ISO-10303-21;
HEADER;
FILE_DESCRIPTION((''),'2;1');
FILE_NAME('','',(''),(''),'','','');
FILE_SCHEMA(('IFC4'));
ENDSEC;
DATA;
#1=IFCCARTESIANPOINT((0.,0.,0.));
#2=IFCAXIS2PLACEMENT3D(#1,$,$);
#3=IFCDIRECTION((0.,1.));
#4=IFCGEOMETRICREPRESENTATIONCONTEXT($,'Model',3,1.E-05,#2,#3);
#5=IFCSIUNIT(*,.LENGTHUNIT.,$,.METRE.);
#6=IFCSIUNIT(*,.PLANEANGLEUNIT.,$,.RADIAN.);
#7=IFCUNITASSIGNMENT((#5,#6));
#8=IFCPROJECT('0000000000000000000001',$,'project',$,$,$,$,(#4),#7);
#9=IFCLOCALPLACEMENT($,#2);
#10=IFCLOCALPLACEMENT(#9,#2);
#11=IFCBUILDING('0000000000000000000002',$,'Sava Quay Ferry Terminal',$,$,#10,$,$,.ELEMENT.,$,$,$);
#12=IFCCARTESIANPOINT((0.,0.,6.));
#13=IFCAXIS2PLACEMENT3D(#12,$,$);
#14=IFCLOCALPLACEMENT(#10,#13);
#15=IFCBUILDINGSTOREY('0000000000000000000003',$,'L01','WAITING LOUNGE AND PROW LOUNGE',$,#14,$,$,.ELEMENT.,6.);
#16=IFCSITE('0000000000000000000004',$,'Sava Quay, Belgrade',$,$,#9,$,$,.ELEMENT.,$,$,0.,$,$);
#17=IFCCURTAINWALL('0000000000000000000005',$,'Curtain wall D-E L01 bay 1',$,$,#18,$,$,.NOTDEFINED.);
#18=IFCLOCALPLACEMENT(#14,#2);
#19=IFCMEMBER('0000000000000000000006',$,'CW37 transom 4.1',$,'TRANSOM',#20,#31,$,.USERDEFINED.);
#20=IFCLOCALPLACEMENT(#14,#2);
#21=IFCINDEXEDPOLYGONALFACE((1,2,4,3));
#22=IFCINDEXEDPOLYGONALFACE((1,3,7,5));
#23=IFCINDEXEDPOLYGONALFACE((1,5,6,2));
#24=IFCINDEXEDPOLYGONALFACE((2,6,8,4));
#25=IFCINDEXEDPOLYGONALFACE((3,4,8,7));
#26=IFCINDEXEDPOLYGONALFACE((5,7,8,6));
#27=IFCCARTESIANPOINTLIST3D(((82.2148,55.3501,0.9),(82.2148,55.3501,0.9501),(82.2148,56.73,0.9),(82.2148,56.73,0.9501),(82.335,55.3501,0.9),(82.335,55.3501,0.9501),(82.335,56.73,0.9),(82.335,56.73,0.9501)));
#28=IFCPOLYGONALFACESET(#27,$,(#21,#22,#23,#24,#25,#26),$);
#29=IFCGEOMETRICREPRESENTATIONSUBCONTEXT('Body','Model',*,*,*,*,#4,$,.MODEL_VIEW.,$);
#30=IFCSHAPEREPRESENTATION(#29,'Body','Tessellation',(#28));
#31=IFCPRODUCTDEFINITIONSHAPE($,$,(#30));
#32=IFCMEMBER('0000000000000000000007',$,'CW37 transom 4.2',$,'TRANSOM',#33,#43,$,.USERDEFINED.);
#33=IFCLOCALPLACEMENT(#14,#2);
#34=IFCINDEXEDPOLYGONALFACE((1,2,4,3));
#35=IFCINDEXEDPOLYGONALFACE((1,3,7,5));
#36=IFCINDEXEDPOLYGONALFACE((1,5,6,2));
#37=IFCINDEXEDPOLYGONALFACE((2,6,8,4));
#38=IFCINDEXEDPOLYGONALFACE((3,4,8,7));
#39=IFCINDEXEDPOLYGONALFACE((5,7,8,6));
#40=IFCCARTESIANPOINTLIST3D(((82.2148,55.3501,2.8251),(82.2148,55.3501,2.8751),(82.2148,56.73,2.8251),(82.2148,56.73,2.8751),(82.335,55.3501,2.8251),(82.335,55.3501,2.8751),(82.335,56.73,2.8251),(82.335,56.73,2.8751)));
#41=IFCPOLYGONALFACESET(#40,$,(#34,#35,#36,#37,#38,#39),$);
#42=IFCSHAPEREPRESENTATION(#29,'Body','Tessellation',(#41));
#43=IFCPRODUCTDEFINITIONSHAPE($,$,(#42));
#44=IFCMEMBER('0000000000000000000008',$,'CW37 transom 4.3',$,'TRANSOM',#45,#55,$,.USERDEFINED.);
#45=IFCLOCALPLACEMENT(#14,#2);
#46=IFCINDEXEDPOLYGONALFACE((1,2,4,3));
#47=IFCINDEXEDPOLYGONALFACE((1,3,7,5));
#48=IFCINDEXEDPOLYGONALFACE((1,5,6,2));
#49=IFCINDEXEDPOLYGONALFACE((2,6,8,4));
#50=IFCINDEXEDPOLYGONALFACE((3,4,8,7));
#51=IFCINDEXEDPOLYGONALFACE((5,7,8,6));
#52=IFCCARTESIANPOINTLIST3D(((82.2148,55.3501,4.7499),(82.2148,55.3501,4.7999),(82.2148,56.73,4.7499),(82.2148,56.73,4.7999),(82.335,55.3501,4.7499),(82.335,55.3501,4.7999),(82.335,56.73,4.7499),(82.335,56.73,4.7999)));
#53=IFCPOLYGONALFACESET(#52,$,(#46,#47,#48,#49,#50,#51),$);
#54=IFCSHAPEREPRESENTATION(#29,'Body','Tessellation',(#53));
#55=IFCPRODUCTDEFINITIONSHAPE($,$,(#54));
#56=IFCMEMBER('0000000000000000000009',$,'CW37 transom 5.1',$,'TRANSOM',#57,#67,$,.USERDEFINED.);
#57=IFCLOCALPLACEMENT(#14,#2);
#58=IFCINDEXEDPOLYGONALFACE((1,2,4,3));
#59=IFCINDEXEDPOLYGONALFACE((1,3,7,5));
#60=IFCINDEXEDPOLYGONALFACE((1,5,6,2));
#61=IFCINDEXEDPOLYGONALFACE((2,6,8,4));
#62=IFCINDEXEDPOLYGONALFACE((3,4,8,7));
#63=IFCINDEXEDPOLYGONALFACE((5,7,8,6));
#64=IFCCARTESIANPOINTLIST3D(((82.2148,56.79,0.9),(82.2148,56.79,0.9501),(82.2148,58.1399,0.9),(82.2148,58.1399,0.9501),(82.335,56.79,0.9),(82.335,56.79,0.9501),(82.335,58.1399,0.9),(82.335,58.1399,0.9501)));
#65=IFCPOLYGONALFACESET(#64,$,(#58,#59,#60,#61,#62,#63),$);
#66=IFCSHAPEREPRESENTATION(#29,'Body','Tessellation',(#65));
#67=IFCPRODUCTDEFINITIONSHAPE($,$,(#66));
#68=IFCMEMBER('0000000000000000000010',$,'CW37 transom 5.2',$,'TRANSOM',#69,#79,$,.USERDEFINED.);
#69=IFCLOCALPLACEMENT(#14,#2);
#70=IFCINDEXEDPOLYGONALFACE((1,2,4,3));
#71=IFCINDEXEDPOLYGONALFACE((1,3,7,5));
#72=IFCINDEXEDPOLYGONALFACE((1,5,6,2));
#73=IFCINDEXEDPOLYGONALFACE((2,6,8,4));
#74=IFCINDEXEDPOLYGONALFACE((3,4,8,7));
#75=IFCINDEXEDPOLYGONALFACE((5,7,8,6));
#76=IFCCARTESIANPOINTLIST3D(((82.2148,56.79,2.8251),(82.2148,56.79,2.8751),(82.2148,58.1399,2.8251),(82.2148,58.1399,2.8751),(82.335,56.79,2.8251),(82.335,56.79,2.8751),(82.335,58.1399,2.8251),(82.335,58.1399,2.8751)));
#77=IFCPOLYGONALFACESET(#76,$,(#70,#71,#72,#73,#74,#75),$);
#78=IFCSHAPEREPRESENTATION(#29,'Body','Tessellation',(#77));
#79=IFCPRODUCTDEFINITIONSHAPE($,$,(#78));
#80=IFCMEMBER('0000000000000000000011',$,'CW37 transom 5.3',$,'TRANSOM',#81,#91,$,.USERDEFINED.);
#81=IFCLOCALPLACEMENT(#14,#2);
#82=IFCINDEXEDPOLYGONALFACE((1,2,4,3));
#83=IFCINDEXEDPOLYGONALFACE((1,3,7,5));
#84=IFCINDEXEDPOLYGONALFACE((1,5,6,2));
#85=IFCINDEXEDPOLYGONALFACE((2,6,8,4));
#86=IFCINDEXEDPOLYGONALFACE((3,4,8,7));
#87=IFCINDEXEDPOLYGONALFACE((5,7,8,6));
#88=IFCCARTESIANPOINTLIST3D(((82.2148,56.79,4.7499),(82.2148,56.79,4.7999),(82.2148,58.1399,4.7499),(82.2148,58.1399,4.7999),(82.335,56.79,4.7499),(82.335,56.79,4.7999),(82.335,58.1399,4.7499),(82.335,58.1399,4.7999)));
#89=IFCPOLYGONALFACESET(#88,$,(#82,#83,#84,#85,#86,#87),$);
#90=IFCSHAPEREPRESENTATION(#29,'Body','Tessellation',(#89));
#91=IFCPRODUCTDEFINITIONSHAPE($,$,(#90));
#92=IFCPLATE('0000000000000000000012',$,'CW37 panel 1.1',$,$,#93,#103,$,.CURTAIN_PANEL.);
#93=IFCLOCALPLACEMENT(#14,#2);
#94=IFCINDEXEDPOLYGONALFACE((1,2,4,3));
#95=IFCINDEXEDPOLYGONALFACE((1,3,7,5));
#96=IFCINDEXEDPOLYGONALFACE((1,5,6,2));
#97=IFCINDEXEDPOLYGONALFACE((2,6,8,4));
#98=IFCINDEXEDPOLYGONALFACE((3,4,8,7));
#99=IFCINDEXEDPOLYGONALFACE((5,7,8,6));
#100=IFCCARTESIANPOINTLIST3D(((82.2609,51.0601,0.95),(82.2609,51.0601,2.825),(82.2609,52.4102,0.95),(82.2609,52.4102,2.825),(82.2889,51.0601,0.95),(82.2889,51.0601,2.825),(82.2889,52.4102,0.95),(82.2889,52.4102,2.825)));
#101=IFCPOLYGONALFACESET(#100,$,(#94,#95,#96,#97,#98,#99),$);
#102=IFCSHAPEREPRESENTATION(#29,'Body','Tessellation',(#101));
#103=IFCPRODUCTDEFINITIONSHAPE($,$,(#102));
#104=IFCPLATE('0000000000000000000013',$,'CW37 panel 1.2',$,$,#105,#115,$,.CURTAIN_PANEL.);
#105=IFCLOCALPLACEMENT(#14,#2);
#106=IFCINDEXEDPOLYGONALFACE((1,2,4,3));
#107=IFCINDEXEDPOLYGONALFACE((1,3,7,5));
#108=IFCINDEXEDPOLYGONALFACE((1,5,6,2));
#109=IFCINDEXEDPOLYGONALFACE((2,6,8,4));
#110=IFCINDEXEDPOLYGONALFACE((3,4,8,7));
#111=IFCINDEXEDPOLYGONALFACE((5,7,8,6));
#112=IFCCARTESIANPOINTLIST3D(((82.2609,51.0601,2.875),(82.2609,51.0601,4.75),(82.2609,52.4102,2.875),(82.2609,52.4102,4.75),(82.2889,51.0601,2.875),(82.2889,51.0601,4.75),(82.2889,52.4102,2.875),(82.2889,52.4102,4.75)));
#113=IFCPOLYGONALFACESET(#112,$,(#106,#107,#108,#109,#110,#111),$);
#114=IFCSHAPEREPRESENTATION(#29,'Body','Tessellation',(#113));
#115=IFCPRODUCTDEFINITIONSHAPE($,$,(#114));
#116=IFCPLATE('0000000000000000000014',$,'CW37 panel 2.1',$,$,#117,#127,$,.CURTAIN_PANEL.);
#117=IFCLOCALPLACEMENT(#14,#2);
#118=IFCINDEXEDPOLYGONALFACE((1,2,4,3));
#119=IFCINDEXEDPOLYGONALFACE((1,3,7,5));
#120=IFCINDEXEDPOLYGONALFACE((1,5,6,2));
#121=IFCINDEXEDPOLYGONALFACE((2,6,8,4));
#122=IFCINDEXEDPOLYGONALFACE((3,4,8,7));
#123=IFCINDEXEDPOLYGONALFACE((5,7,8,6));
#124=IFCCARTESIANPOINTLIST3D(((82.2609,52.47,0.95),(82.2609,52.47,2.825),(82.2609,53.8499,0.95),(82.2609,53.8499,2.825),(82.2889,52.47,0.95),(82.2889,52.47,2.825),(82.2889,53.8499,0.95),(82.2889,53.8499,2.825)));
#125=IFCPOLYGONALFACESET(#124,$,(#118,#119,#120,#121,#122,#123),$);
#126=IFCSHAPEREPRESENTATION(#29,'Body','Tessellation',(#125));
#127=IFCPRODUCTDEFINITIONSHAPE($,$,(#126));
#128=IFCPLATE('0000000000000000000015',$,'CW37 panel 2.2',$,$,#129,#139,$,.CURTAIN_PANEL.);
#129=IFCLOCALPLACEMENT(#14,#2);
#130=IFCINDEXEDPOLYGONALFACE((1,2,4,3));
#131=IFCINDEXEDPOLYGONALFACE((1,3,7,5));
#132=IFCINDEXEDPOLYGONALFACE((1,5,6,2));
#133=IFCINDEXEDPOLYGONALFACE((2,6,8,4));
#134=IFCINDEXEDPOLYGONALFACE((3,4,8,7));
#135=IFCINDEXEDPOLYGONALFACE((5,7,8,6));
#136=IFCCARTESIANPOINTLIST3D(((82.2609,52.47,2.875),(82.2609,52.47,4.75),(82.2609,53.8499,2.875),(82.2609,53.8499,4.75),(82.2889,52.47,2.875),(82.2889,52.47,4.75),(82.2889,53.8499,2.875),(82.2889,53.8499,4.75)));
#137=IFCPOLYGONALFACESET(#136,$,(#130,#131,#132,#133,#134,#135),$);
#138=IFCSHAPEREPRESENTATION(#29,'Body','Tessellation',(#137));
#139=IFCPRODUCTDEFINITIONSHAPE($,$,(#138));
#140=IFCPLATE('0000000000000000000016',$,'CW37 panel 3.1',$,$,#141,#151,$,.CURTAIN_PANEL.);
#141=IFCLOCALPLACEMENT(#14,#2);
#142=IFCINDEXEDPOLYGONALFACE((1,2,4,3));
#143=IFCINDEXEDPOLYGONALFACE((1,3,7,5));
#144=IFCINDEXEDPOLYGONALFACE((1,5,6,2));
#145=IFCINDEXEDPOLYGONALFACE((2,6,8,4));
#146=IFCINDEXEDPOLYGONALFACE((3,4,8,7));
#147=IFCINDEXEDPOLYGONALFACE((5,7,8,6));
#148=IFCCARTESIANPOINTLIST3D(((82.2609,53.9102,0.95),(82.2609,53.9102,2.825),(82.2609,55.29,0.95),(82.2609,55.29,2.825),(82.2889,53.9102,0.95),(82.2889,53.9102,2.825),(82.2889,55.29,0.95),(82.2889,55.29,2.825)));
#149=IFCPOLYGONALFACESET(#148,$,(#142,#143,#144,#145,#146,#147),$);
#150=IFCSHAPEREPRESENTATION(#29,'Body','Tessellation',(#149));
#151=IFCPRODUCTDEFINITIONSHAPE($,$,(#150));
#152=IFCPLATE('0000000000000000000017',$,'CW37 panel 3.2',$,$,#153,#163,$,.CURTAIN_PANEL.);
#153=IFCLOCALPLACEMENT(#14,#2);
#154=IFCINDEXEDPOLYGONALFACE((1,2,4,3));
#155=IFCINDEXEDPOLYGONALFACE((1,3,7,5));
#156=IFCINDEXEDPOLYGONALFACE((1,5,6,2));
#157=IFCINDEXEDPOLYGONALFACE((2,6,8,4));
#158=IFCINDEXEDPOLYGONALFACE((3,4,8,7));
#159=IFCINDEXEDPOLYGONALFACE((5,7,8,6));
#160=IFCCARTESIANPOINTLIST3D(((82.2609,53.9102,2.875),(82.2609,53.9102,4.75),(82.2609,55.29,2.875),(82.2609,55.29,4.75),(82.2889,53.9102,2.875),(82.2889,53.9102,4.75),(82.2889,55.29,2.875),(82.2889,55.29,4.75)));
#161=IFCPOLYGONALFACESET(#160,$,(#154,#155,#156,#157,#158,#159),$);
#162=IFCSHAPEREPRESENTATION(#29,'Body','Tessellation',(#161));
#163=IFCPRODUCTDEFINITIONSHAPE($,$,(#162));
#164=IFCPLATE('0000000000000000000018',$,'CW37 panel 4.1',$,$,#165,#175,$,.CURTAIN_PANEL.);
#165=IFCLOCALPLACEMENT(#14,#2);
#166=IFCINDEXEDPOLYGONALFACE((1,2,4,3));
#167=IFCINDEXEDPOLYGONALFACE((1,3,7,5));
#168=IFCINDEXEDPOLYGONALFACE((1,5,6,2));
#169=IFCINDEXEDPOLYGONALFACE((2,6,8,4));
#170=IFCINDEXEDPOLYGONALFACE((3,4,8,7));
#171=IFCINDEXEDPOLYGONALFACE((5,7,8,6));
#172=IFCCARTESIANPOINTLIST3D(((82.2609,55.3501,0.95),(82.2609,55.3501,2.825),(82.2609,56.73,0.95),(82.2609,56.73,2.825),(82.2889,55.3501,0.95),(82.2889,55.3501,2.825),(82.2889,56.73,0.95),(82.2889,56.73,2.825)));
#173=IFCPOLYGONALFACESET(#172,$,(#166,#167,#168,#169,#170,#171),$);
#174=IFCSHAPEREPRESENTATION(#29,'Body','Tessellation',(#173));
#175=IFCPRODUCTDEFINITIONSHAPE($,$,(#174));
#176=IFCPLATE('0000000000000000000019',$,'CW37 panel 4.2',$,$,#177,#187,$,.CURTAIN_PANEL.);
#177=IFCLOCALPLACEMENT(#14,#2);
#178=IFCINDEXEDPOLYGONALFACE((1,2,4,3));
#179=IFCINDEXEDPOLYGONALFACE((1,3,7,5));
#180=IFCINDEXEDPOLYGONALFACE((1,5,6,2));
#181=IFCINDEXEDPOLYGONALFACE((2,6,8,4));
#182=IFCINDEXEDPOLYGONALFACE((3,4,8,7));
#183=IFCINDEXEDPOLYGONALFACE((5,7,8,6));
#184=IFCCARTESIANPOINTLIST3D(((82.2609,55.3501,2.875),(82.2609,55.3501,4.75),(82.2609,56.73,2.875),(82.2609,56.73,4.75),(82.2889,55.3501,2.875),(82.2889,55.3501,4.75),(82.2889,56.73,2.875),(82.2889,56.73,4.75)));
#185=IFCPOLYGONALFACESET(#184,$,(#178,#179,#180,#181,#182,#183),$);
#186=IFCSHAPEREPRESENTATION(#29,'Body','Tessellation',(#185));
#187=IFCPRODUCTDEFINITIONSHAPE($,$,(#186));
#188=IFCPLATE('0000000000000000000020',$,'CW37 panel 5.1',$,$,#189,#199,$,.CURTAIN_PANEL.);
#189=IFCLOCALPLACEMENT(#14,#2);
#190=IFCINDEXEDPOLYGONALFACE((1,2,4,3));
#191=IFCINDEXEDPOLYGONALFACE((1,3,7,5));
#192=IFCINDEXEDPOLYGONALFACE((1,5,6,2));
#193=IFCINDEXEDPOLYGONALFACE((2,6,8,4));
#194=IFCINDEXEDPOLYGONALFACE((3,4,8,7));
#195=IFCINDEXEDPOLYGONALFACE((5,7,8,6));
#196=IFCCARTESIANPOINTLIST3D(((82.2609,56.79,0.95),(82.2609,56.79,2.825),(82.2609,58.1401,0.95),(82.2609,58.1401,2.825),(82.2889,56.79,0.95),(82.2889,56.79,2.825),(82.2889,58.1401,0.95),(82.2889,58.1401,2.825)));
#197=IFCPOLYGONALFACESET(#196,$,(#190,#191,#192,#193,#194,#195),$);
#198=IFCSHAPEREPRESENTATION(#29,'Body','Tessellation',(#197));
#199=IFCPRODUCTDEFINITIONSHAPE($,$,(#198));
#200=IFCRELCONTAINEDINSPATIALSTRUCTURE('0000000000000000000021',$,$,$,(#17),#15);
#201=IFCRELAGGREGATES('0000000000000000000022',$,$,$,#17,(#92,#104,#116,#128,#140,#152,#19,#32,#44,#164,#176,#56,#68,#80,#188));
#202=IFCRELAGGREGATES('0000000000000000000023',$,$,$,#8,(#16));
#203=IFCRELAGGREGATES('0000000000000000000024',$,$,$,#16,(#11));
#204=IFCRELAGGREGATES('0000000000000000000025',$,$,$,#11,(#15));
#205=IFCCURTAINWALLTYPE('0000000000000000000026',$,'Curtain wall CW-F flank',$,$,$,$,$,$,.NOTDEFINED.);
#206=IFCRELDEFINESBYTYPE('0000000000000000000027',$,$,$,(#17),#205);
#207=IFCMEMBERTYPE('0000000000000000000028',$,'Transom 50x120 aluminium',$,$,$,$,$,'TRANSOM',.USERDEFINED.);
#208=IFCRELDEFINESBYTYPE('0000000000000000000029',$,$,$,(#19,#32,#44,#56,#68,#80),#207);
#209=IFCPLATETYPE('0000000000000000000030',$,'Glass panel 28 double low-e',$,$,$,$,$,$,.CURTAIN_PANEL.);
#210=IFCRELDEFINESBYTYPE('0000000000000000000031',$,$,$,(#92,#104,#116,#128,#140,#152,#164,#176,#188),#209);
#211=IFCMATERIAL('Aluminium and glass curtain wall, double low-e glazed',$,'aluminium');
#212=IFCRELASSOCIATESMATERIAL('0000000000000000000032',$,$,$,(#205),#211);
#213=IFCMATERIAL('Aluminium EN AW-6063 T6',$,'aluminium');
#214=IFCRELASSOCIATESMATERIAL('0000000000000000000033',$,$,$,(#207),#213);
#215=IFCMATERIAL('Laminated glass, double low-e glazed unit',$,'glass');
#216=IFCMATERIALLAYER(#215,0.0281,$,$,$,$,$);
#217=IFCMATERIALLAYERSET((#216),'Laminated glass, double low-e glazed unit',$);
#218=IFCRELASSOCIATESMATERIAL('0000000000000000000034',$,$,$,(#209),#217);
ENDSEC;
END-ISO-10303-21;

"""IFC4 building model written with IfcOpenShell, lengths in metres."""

from ifc_helpers import new_model, si_unit, direction, frame, origin, origin_2d, place, context, subcontext, project, spatial, rectangle, extrude, material, layer, layer_set, material_profile, profile_set, type_object, element, aggregate, save


model = new_model("IFC4")

# Units and contexts
model_context = context("Model", 3, precision=1e-05, world=origin(), true_north=direction((0.0, 1.0)))
body_context = subcontext(model_context, "Body", "Model", "MODEL_VIEW")
ifc_project = project(units=[si_unit("LENGTHUNIT", "METRE"), si_unit("PLANEANGLEUNIT", "RADIAN")], contexts=[model_context])

# Site, building, storey
site_placement = place(None, origin())
site = spatial("IfcSite", under=ifc_project, at=site_placement, Name="Sava Quay, Belgrade", CompositionType="ELEMENT", RefElevation=0.0)
building_placement = place(site_placement, origin())
building = spatial("IfcBuilding", under=site, at=building_placement, Name="Sava Quay Ferry Terminal", CompositionType="ELEMENT")
storey_placement = place(building_placement, frame((0.0, 0.0, 6.0)))
storey = spatial("IfcBuildingStorey", under=building, at=storey_placement, Name="L01", Description="WAITING LOUNGE AND PROW LOUNGE", CompositionType="ELEMENT", Elevation=6.0)

# Curtain wall, members, plates
ifc_material_1 = material(Name="Aluminium and glass curtain wall, double low-e glazed", Category="aluminium")
curtain_wall_type = type_object("IfcCurtainWallType", Name="Curtain wall CW-F flank", PredefinedType="NOTDEFINED", material=ifc_material_1)
curtain_wall_placement = place(storey_placement, origin())
curtain_wall = element("IfcCurtainWall", 1, at=curtain_wall_placement, inside=storey, type_object=curtain_wall_type, Name="Curtain wall D-E L01 bay 1", PredefinedType="NOTDEFINED")
ifc_material_2 = material(Name="Aluminium EN AW-6063 T6", Category="aluminium")
ifc_material_profile_1 = material_profile(ifc_material_2, rectangle(XDim=0.1201, YDim=0.05, at=origin_2d()), Name="Transom 50x120 aluminium")
ifc_profile_set_1 = profile_set([ifc_material_profile_1], Name="Aluminium EN AW-6063 T6")
member_type_1 = type_object("IfcMemberType", Name="Transom 50x120 aluminium", ElementType="TRANSOM", PredefinedType="USERDEFINED", material=ifc_profile_set_1)
member_1_placement = place(storey_placement, frame((82.2749, 55.3501, 0.925), z_axis=(0.0, 1.0, 0.0), x_axis=(-1.0, 0.0, 0.0)))
member_1 = element("IfcMember", 2, at=member_1_placement, type_object=member_type_1, Name="CW37 transom 4.1", ObjectType="TRANSOM", PredefinedType="USERDEFINED", context=body_context, shape_type="SweptSolid", body=[
    extrude(rectangle(XDim=0.1201, YDim=0.05, at=origin_2d()), origin(), (0.0, 0.0, 1.0), 1.3799),
])
member_2_placement = place(storey_placement, frame((82.2749, 55.3501, 2.8501), z_axis=(0.0, 1.0, 0.0), x_axis=(-1.0, 0.0, 0.0)))
member_2 = element("IfcMember", 3, at=member_2_placement, type_object=member_type_1, Name="CW37 transom 4.2", ObjectType="TRANSOM", PredefinedType="USERDEFINED", context=body_context, shape_type="SweptSolid", body=[
    extrude(rectangle(XDim=0.1201, YDim=0.05, at=origin_2d()), origin(), (0.0, 0.0, 1.0), 1.3799),
])
member_3_placement = place(storey_placement, frame((82.2749, 55.3501, 4.7749), z_axis=(0.0, 1.0, 0.0), x_axis=(-1.0, 0.0, 0.0)))
member_3 = element("IfcMember", 4, at=member_3_placement, type_object=member_type_1, Name="CW37 transom 4.3", ObjectType="TRANSOM", PredefinedType="USERDEFINED", context=body_context, shape_type="SweptSolid", body=[
    extrude(rectangle(XDim=0.1201, YDim=0.05, at=origin_2d()), origin(), (0.0, 0.0, 1.0), 1.3799),
])
member_4_placement = place(storey_placement, frame((82.2749, 56.79, 0.925), z_axis=(0.0, 1.0, 0.0), x_axis=(-1.0, 0.0, 0.0)))
member_4 = element("IfcMember", 5, at=member_4_placement, type_object=member_type_1, Name="CW37 transom 5.1", ObjectType="TRANSOM", PredefinedType="USERDEFINED", context=body_context, shape_type="SweptSolid", body=[
    extrude(rectangle(XDim=0.1201, YDim=0.05, at=origin_2d()), origin(), (0.0, 0.0, 1.0), 1.3499),
])
member_5_placement = place(storey_placement, frame((82.2749, 56.79, 2.8501), z_axis=(0.0, 1.0, 0.0), x_axis=(-1.0, 0.0, 0.0)))
member_5 = element("IfcMember", 6, at=member_5_placement, type_object=member_type_1, Name="CW37 transom 5.2", ObjectType="TRANSOM", PredefinedType="USERDEFINED", context=body_context, shape_type="SweptSolid", body=[
    extrude(rectangle(XDim=0.1201, YDim=0.05, at=origin_2d()), origin(), (0.0, 0.0, 1.0), 1.3499),
])
member_6_placement = place(storey_placement, frame((82.2749, 56.79, 4.7749), z_axis=(0.0, 1.0, 0.0), x_axis=(-1.0, 0.0, 0.0)))
member_6 = element("IfcMember", 7, at=member_6_placement, type_object=member_type_1, Name="CW37 transom 5.3", ObjectType="TRANSOM", PredefinedType="USERDEFINED", context=body_context, shape_type="SweptSolid", body=[
    extrude(rectangle(XDim=0.1201, YDim=0.05, at=origin_2d()), origin(), (0.0, 0.0, 1.0), 1.3499),
])
ifc_material_3 = material(Name="Laminated glass, double low-e glazed unit", Category="glass")
ifc_layer_1 = layer(ifc_material_3, 0.0281)
ifc_layer_set_1 = layer_set([ifc_layer_1], Name="Laminated glass, double low-e glazed unit")
plate_type = type_object("IfcPlateType", Name="Glass panel 28 double low-e", PredefinedType="CURTAIN_PANEL", material=ifc_layer_set_1)
plate_1_placement = place(storey_placement, frame((82.2749, 51.7351, 0.95), z_axis=(0.0, 0.0, 1.0), x_axis=(0.0, 1.0, 0.0)))
plate_1 = element("IfcPlate", 8, at=plate_1_placement, type_object=plate_type, Name="CW37 panel 1.1", PredefinedType="CURTAIN_PANEL", context=body_context, shape_type="SweptSolid", body=[
    extrude(rectangle(XDim=1.3501, YDim=0.0281, at=origin_2d()), origin(), (0.0, 0.0, 1.0), 1.875),
])
plate_2_placement = place(storey_placement, frame((82.2749, 51.7351, 2.875), z_axis=(0.0, 0.0, 1.0), x_axis=(0.0, 1.0, 0.0)))
plate_2 = element("IfcPlate", 9, at=plate_2_placement, type_object=plate_type, Name="CW37 panel 1.2", PredefinedType="CURTAIN_PANEL", context=body_context, shape_type="SweptSolid", body=[
    extrude(rectangle(XDim=1.3501, YDim=0.0281, at=origin_2d()), origin(), (0.0, 0.0, 1.0), 1.875),
])
plate_3_placement = place(storey_placement, frame((82.2749, 53.1599, 0.95), z_axis=(0.0, 0.0, 1.0), x_axis=(0.0, 1.0, 0.0)))
plate_3 = element("IfcPlate", 10, at=plate_3_placement, type_object=plate_type, Name="CW37 panel 2.1", PredefinedType="CURTAIN_PANEL", context=body_context, shape_type="SweptSolid", body=[
    extrude(rectangle(XDim=1.3799, YDim=0.0281, at=origin_2d()), origin(), (0.0, 0.0, 1.0), 1.875),
])
plate_4_placement = place(storey_placement, frame((82.2749, 53.1599, 2.875), z_axis=(0.0, 0.0, 1.0), x_axis=(0.0, 1.0, 0.0)))
plate_4 = element("IfcPlate", 11, at=plate_4_placement, type_object=plate_type, Name="CW37 panel 2.2", PredefinedType="CURTAIN_PANEL", context=body_context, shape_type="SweptSolid", body=[
    extrude(rectangle(XDim=1.3799, YDim=0.0281, at=origin_2d()), origin(), (0.0, 0.0, 1.0), 1.875),
])
plate_5_placement = place(storey_placement, frame((82.2749, 54.6001, 0.95), z_axis=(0.0, 0.0, 1.0), x_axis=(0.0, 1.0, 0.0)))
plate_5 = element("IfcPlate", 12, at=plate_5_placement, type_object=plate_type, Name="CW37 panel 3.1", PredefinedType="CURTAIN_PANEL", context=body_context, shape_type="SweptSolid", body=[
    extrude(rectangle(XDim=1.3799, YDim=0.0281, at=origin_2d()), origin(), (0.0, 0.0, 1.0), 1.875),
])
plate_6_placement = place(storey_placement, frame((82.2749, 54.6001, 2.875), z_axis=(0.0, 0.0, 1.0), x_axis=(0.0, 1.0, 0.0)))
plate_6 = element("IfcPlate", 13, at=plate_6_placement, type_object=plate_type, Name="CW37 panel 3.2", PredefinedType="CURTAIN_PANEL", context=body_context, shape_type="SweptSolid", body=[
    extrude(rectangle(XDim=1.3799, YDim=0.0281, at=origin_2d()), origin(), (0.0, 0.0, 1.0), 1.875),
])
plate_7_placement = place(storey_placement, frame((82.2749, 56.04, 0.95), z_axis=(0.0, 0.0, 1.0), x_axis=(0.0, 1.0, 0.0)))
plate_7 = element("IfcPlate", 14, at=plate_7_placement, type_object=plate_type, Name="CW37 panel 4.1", PredefinedType="CURTAIN_PANEL", context=body_context, shape_type="SweptSolid", body=[
    extrude(rectangle(XDim=1.3799, YDim=0.0281, at=origin_2d()), origin(), (0.0, 0.0, 1.0), 1.875),
])
plate_8_placement = place(storey_placement, frame((82.2749, 56.04, 2.875), z_axis=(0.0, 0.0, 1.0), x_axis=(0.0, 1.0, 0.0)))
plate_8 = element("IfcPlate", 15, at=plate_8_placement, type_object=plate_type, Name="CW37 panel 4.2", PredefinedType="CURTAIN_PANEL", context=body_context, shape_type="SweptSolid", body=[
    extrude(rectangle(XDim=1.3799, YDim=0.0281, at=origin_2d()), origin(), (0.0, 0.0, 1.0), 1.875),
])
plate_9_placement = place(storey_placement, frame((82.2749, 57.4651, 0.95), z_axis=(0.0, 0.0, 1.0), x_axis=(0.0, 1.0, 0.0)))
plate_9 = element("IfcPlate", 16, at=plate_9_placement, type_object=plate_type, Name="CW37 panel 5.1", PredefinedType="CURTAIN_PANEL", context=body_context, shape_type="SweptSolid", body=[
    extrude(rectangle(XDim=1.3501, YDim=0.0281, at=origin_2d()), origin(), (0.0, 0.0, 1.0), 1.875),
])
aggregate(curtain_wall, [plate_1, plate_2, plate_3, plate_4, plate_5, plate_6, member_1, member_2, member_3, plate_7, plate_8, member_4, member_5, member_6, plate_9])

save(model, "model.ifc")
